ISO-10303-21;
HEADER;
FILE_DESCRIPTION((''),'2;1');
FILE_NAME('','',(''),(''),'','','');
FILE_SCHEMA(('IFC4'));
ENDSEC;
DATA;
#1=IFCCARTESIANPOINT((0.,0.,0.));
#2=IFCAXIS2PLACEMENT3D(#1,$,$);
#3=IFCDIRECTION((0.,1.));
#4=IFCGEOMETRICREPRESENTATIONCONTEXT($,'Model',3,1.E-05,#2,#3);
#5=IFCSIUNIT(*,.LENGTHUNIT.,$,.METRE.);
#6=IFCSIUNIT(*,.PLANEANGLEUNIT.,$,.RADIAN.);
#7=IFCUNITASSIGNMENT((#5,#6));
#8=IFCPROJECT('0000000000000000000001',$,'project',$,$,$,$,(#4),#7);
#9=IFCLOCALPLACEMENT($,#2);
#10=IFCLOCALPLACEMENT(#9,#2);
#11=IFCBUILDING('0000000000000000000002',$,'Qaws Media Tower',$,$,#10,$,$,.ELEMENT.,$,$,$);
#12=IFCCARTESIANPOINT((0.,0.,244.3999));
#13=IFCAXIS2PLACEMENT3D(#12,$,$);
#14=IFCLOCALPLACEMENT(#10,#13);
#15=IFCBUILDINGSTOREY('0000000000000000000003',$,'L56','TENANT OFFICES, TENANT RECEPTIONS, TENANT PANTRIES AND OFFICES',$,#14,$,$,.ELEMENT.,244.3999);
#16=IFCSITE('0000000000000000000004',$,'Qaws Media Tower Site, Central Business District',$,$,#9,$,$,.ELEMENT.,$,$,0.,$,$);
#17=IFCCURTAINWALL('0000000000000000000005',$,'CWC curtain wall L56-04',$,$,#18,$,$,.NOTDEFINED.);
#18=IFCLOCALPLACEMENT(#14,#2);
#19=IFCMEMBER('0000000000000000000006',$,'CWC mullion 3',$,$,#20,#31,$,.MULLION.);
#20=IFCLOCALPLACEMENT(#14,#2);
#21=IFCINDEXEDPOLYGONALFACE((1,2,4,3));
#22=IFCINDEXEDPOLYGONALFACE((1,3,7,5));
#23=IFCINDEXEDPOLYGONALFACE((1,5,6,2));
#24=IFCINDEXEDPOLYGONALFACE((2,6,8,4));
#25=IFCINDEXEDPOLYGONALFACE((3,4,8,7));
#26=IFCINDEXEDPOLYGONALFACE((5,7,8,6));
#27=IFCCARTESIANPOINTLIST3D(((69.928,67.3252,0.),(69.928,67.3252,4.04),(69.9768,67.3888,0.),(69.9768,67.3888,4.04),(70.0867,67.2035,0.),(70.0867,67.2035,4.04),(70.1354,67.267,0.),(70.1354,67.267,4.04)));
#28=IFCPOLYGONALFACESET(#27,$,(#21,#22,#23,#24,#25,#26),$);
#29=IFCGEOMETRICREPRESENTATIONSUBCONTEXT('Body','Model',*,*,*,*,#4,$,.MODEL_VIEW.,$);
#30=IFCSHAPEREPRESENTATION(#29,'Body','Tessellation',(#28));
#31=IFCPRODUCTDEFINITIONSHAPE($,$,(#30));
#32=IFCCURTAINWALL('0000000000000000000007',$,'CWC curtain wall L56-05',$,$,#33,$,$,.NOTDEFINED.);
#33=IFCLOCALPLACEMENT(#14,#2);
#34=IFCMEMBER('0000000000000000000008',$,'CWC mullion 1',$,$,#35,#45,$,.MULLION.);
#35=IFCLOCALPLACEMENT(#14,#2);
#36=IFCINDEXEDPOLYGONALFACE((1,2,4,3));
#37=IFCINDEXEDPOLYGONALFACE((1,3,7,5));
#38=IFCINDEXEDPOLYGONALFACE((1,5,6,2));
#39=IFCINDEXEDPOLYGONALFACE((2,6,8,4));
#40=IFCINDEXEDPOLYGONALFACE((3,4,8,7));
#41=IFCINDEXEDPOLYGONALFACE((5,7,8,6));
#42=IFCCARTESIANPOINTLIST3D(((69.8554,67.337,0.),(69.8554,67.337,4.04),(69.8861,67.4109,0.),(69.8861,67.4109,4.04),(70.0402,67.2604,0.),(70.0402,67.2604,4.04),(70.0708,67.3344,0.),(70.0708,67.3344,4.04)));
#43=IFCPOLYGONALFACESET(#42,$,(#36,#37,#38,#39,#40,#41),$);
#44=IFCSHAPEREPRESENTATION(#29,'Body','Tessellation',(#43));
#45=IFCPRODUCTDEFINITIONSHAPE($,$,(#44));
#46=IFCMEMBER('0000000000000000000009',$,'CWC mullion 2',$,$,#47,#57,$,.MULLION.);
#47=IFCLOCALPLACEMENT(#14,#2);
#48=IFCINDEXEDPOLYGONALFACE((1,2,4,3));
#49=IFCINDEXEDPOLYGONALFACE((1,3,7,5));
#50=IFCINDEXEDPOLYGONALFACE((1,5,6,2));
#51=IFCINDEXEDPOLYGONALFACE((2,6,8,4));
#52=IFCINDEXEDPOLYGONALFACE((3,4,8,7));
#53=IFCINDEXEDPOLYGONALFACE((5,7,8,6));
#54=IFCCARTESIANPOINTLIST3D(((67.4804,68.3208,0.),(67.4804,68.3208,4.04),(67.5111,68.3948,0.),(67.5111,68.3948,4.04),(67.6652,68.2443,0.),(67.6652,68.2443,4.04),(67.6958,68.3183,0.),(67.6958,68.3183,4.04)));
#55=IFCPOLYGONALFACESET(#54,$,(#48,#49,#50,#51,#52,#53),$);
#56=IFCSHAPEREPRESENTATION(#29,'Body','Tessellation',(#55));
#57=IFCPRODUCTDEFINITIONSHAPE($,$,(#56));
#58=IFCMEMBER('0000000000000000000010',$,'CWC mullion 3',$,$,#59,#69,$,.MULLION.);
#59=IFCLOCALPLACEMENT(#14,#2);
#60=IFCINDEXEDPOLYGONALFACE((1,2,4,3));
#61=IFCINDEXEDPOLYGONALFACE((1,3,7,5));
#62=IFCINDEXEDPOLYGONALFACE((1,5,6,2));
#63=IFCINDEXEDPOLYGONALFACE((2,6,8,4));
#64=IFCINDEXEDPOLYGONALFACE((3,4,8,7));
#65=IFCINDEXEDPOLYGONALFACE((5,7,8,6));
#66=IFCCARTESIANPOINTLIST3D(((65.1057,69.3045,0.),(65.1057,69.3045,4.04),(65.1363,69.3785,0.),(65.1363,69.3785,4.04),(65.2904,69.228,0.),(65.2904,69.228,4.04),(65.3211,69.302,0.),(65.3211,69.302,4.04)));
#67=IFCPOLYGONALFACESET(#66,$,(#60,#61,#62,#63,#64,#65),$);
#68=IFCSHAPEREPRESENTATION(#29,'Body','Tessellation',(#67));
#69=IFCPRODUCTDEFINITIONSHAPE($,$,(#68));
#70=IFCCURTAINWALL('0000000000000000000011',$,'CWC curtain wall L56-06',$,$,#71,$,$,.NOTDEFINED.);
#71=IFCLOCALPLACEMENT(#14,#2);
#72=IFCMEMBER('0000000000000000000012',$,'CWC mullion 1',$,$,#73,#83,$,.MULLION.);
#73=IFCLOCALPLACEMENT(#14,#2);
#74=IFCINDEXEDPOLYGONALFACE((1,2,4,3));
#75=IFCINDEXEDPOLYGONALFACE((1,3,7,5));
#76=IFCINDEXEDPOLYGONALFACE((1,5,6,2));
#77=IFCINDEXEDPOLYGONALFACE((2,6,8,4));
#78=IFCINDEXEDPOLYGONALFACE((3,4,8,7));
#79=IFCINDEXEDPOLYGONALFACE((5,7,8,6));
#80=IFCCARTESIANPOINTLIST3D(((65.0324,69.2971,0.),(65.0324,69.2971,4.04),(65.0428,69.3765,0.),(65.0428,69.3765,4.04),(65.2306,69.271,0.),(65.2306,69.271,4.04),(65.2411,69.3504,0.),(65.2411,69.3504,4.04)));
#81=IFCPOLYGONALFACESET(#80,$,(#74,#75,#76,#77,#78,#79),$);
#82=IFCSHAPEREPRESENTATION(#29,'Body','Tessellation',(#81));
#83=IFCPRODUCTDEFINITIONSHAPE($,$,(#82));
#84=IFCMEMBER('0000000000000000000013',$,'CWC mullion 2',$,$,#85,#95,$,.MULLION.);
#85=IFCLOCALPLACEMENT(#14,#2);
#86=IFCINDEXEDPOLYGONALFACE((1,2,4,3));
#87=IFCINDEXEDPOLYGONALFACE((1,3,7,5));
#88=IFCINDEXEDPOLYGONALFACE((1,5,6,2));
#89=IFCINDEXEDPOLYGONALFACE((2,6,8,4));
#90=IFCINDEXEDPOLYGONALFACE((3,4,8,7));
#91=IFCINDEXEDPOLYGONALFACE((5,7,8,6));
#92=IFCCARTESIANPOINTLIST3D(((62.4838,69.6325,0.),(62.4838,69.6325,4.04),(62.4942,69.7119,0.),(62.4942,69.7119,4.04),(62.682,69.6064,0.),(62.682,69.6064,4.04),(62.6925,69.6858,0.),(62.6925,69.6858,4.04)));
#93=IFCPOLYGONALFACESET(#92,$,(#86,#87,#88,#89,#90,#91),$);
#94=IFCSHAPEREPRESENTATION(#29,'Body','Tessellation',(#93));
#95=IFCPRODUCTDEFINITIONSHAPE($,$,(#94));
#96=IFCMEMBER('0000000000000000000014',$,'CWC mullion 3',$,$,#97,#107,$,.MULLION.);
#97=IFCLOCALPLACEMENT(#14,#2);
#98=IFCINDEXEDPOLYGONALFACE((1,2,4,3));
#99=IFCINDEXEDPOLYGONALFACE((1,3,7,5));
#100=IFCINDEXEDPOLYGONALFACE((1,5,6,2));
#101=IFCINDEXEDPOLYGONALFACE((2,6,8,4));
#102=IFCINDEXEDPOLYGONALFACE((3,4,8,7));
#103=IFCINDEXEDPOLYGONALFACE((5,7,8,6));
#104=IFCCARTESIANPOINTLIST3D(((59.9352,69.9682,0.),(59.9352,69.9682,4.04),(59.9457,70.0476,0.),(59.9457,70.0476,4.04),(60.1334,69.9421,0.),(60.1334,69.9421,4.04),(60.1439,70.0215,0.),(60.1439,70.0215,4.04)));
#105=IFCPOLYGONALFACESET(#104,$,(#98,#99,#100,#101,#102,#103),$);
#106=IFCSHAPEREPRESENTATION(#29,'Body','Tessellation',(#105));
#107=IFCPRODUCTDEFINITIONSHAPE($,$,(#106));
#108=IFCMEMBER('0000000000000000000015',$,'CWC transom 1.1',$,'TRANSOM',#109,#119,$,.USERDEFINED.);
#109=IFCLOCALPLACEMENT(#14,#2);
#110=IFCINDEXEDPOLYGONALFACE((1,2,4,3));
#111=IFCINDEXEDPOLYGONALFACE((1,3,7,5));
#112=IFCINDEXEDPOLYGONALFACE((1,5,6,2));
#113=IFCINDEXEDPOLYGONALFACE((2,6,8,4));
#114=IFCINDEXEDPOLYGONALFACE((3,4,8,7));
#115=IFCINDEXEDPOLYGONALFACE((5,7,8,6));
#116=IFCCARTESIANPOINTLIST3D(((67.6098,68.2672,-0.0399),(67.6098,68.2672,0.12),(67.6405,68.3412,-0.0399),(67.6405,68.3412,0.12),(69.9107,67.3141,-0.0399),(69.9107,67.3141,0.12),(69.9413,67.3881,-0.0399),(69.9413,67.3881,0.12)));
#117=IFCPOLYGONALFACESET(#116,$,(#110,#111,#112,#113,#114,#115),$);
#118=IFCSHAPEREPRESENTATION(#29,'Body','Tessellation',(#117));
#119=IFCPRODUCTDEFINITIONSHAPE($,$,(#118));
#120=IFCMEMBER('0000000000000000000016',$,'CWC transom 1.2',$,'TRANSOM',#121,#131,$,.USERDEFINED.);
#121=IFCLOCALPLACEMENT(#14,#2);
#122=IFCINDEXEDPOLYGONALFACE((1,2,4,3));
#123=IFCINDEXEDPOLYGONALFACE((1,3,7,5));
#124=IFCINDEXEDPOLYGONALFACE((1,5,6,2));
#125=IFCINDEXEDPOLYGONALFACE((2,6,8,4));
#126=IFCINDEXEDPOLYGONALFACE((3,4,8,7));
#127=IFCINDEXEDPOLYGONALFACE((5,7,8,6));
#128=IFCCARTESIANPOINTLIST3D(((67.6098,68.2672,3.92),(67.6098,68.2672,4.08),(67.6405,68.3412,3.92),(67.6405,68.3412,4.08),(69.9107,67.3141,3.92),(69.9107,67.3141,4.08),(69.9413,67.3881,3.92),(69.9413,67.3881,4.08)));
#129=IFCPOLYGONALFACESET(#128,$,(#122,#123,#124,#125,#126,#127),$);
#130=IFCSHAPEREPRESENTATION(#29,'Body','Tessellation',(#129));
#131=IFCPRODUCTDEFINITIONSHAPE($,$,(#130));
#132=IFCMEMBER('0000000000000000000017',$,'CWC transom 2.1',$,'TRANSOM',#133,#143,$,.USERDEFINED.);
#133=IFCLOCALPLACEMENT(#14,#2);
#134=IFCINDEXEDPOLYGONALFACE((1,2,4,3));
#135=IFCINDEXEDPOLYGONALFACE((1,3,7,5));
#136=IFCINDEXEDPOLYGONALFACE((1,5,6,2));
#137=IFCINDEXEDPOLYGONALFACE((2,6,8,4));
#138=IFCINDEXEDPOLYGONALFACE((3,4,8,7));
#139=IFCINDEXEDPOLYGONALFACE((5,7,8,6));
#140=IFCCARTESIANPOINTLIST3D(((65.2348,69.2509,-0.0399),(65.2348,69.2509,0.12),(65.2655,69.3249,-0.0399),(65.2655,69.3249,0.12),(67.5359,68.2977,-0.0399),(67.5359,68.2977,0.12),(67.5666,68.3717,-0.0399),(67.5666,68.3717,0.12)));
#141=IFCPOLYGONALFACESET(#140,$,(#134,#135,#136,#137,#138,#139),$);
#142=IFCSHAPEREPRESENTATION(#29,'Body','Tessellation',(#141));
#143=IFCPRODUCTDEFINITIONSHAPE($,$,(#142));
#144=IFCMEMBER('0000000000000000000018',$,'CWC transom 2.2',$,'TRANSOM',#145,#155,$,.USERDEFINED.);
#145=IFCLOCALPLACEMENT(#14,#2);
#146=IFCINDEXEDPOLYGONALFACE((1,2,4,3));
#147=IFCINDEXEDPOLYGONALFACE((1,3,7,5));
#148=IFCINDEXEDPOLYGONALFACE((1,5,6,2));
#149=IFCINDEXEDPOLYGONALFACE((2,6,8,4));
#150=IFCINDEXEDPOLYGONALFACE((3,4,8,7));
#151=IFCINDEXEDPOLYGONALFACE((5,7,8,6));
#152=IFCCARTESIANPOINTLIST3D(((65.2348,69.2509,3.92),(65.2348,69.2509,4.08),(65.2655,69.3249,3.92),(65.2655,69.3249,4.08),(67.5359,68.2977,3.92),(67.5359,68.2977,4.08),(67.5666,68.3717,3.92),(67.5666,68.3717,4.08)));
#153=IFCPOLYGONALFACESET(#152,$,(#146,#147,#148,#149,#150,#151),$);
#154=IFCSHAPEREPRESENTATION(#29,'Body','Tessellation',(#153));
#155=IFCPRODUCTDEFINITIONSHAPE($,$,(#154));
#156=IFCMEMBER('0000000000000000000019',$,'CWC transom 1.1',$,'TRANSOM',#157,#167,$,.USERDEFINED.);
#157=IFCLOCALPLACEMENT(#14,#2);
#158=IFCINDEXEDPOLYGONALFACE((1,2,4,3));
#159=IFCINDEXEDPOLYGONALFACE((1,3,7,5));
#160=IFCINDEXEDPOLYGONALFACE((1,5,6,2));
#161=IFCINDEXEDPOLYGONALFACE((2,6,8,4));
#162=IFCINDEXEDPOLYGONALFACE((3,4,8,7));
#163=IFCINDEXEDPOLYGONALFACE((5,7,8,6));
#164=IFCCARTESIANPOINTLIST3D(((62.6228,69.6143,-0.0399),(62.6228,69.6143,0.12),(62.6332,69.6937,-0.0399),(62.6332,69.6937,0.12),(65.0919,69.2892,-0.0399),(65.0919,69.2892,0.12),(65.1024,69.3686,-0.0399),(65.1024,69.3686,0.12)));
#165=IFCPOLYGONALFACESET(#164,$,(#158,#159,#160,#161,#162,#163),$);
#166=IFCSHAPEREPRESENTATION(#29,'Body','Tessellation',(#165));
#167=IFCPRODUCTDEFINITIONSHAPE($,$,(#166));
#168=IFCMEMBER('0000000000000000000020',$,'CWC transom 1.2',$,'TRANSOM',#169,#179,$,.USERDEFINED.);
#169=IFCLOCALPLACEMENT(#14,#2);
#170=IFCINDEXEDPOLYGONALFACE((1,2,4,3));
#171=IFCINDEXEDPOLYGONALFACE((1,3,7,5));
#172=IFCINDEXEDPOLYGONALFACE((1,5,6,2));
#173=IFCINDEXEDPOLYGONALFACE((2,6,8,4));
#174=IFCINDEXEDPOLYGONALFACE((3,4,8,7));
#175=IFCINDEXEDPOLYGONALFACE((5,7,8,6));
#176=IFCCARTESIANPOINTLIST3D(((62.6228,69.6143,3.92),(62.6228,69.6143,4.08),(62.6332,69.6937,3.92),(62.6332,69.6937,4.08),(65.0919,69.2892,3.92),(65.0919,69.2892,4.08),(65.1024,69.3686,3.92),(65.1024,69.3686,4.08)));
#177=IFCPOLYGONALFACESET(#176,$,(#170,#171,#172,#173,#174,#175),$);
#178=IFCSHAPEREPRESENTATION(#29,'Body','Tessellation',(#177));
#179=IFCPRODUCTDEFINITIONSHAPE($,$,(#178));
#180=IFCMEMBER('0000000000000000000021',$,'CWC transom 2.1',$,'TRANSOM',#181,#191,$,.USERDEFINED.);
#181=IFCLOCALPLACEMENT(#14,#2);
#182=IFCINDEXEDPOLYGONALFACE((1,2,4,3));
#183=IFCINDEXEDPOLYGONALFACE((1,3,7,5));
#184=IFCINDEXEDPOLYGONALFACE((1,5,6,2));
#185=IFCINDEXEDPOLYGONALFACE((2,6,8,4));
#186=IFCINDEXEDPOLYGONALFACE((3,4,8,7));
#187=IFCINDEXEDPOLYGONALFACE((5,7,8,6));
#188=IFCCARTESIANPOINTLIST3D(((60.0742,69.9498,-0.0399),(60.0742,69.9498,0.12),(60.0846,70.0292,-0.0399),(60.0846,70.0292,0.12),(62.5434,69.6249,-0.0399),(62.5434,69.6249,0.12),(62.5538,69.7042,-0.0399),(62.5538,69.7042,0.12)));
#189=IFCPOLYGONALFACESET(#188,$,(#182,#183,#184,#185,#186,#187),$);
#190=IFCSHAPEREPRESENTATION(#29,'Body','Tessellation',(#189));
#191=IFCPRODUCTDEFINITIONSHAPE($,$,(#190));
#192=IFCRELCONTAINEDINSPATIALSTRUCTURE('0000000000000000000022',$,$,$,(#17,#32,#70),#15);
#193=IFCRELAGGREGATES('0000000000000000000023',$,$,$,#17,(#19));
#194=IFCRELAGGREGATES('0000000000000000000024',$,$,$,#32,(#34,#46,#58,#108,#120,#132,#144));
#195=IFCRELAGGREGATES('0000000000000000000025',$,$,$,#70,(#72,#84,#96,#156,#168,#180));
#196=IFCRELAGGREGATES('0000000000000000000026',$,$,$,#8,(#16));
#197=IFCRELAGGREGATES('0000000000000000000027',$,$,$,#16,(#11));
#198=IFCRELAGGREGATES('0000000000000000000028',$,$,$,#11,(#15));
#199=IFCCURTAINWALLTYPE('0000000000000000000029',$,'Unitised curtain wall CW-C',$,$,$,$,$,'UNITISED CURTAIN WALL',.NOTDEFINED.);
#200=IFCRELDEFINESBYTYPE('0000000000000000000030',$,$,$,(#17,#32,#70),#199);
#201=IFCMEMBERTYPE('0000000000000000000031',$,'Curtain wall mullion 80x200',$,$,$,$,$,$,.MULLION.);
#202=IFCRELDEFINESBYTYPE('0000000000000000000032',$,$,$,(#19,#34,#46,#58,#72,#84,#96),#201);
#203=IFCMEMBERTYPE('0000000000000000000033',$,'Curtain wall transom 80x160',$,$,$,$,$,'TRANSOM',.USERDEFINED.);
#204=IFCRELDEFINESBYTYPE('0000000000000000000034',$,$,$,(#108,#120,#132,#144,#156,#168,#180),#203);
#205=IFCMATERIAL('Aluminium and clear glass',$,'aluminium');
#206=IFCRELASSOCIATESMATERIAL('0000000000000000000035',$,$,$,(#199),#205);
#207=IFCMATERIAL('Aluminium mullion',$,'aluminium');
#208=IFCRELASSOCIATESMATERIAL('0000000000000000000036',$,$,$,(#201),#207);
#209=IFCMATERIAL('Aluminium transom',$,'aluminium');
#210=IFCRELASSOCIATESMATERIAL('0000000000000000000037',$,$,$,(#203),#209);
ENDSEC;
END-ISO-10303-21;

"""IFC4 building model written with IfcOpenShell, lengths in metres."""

from ifc_helpers import new_model, si_unit, direction, frame, origin, origin_2d, place, context, subcontext, project, spatial, rectangle, extrude, material, material_profile, profile_set, type_object, element, aggregate, save


model = new_model("IFC4")

# Units and contexts
model_context = context("Model", 3, precision=1e-05, world=origin(), true_north=direction((0.0, 1.0)))
body_context = subcontext(model_context, "Body", "Model", "MODEL_VIEW")
ifc_project = project(units=[si_unit("LENGTHUNIT", "METRE"), si_unit("PLANEANGLEUNIT", "RADIAN")], contexts=[model_context])

# Site, building, storey
site_placement = place(None, origin())
site = spatial("IfcSite", under=ifc_project, at=site_placement, Name="Qaws Media Tower Site, Central Business District", CompositionType="ELEMENT", RefElevation=0.0)
building_placement = place(site_placement, origin())
building = spatial("IfcBuilding", under=site, at=building_placement, Name="Qaws Media Tower", CompositionType="ELEMENT")
storey_placement = place(building_placement, frame((0.0, 0.0, 244.3999)))
storey = spatial("IfcBuildingStorey", under=building, at=storey_placement, Name="L56", Description="TENANT OFFICES, TENANT RECEPTIONS, TENANT PANTRIES AND OFFICES", CompositionType="ELEMENT", Elevation=244.3999)

# Curtain wall, member
ifc_material_1 = material(Name="Aluminium and clear glass", Category="aluminium")
curtain_wall_type = type_object("IfcCurtainWallType", Name="Unitised curtain wall CW-C", ElementType="UNITISED CURTAIN WALL", PredefinedType="NOTDEFINED", material=ifc_material_1)
curtain_wall_1_placement = place(storey_placement, origin())
curtain_wall_1 = element("IfcCurtainWall", 1, at=curtain_wall_1_placement, inside=storey, type_object=curtain_wall_type, Name="CWC curtain wall L56-04", PredefinedType="NOTDEFINED")
ifc_material_2 = material(Name="Aluminium mullion", Category="aluminium")
ifc_material_profile_1 = material_profile(ifc_material_2, rectangle(XDim=0.0801, YDim=0.2, at=origin_2d()), Name="80x200")
ifc_profile_set_1 = profile_set([ifc_material_profile_1], Name="Aluminium mullion")
member_type_1 = type_object("IfcMemberType", Name="Curtain wall mullion 80x200", PredefinedType="MULLION", material=ifc_profile_set_1)
member_1_placement = place(storey_placement, frame((70.0317, 67.2961, 0.0), z_axis=(0.0, 0.0, 1.0), x_axis=(-0.608761, -0.793353, 0.0)))
member_1 = element("IfcMember", 2, at=member_1_placement, type_object=member_type_1, Name="CWC mullion 3", PredefinedType="MULLION", context=body_context, shape_type="SweptSolid", body=[
    extrude(rectangle(XDim=0.0801, YDim=0.2, at=origin_2d()), origin(), (0.0, 0.0, 1.0), 4.04),
])
aggregate(curtain_wall_1, [member_1])

# Curtain walls, members
curtain_wall_2_placement = place(storey_placement, origin())
curtain_wall_2 = element("IfcCurtainWall", 3, at=curtain_wall_2_placement, inside=storey, type_object=curtain_wall_type, Name="CWC curtain wall L56-05", PredefinedType="NOTDEFINED")
member_2_placement = place(storey_placement, frame((69.9631, 67.3357, 0.0), z_axis=(0.0, 0.0, 1.0), x_axis=(-0.382684, -0.923879, 0.0)))
member_2 = element("IfcMember", 4, at=member_2_placement, type_object=member_type_1, Name="CWC mullion 1", PredefinedType="MULLION", context=body_context, shape_type="SweptSolid", body=[
    extrude(rectangle(XDim=0.0801, YDim=0.2, at=origin_2d()), origin(), (0.0, 0.0, 1.0), 4.04),
])
member_3_placement = place(storey_placement, frame((67.5881, 68.3196, 0.0), z_axis=(0.0, 0.0, 1.0), x_axis=(-0.382684, -0.923879, 0.0)))
member_3 = element("IfcMember", 5, at=member_3_placement, type_object=member_type_1, Name="CWC mullion 2", PredefinedType="MULLION", context=body_context, shape_type="SweptSolid", body=[
    extrude(rectangle(XDim=0.0801, YDim=0.2, at=origin_2d()), origin(), (0.0, 0.0, 1.0), 4.04),
])
member_4_placement = place(storey_placement, frame((65.2134, 69.3032, 0.0), z_axis=(0.0, 0.0, 1.0), x_axis=(-0.382684, -0.923879, 0.0)))
member_4 = element("IfcMember", 6, at=member_4_placement, type_object=member_type_1, Name="CWC mullion 3", PredefinedType="MULLION", context=body_context, shape_type="SweptSolid", body=[
    extrude(rectangle(XDim=0.0801, YDim=0.2, at=origin_2d()), origin(), (0.0, 0.0, 1.0), 4.04),
])
curtain_wall_3_placement = place(storey_placement, origin())
curtain_wall_3 = element("IfcCurtainWall", 7, at=curtain_wall_3_placement, inside=storey, type_object=curtain_wall_type, Name="CWC curtain wall L56-06", PredefinedType="NOTDEFINED")
member_5_placement = place(storey_placement, frame((65.1367, 69.3237, 0.0), z_axis=(0.0, 0.0, 1.0), x_axis=(-0.130526, -0.991445, 0.0)))
member_5 = element("IfcMember", 8, at=member_5_placement, type_object=member_type_1, Name="CWC mullion 1", PredefinedType="MULLION", context=body_context, shape_type="SweptSolid", body=[
    extrude(rectangle(XDim=0.0801, YDim=0.2, at=origin_2d()), origin(), (0.0, 0.0, 1.0), 4.04),
])
member_6_placement = place(storey_placement, frame((62.5881, 69.6592, 0.0), z_axis=(0.0, 0.0, 1.0), x_axis=(-0.130526, -0.991445, 0.0)))
member_6 = element("IfcMember", 9, at=member_6_placement, type_object=member_type_1, Name="CWC mullion 2", PredefinedType="MULLION", context=body_context, shape_type="SweptSolid", body=[
    extrude(rectangle(XDim=0.0801, YDim=0.2, at=origin_2d()), origin(), (0.0, 0.0, 1.0), 4.04),
])
member_7_placement = place(storey_placement, frame((60.0396, 69.9949, 0.0), z_axis=(0.0, 0.0, 1.0), x_axis=(-0.130526, -0.991445, 0.0)))
member_7 = element("IfcMember", 10, at=member_7_placement, type_object=member_type_1, Name="CWC mullion 3", PredefinedType="MULLION", context=body_context, shape_type="SweptSolid", body=[
    extrude(rectangle(XDim=0.0801, YDim=0.2, at=origin_2d()), origin(), (0.0, 0.0, 1.0), 4.04),
])

# Members
ifc_material_3 = material(Name="Aluminium transom", Category="aluminium")
ifc_material_profile_2 = material_profile(ifc_material_3, rectangle(XDim=0.0801, YDim=0.1599, at=origin_2d()), Name="80x160")
ifc_profile_set_2 = profile_set([ifc_material_profile_2], Name="Aluminium transom")
member_type_2 = type_object("IfcMemberType", Name="Curtain wall transom 80x160", ElementType="TRANSOM", PredefinedType="USERDEFINED", material=ifc_profile_set_2)
member_8_placement = place(storey_placement, frame((69.926, 67.3511, 0.04), z_axis=(-0.923864, 0.382721, 0.0), x_axis=(-0.382721, -0.923864, 0.0)))
member_8 = element("IfcMember", 11, at=member_8_placement, type_object=member_type_2, Name="CWC transom 1.1", ObjectType="TRANSOM", PredefinedType="USERDEFINED", context=body_context, shape_type="SweptSolid", body=[
    extrude(rectangle(XDim=0.0801, YDim=0.1599, at=origin_2d()), origin(), (0.0, 0.0, 1.0), 2.4905),
])
member_9_placement = place(storey_placement, frame((69.926, 67.3511, 4.0), z_axis=(-0.923864, 0.382721, 0.0), x_axis=(-0.382721, -0.923864, 0.0)))
member_9 = element("IfcMember", 12, at=member_9_placement, type_object=member_type_2, Name="CWC transom 1.2", ObjectType="TRANSOM", PredefinedType="USERDEFINED", context=body_context, shape_type="SweptSolid", body=[
    extrude(rectangle(XDim=0.0801, YDim=0.1599, at=origin_2d()), origin(), (0.0, 0.0, 1.0), 2.4905),
])
member_10_placement = place(storey_placement, frame((67.5513, 68.3347, 0.04), z_axis=(-0.923878, 0.382687, 0.0), x_axis=(-0.382687, -0.923878, 0.0)))
member_10 = element("IfcMember", 13, at=member_10_placement, type_object=member_type_2, Name="CWC transom 2.1", ObjectType="TRANSOM", PredefinedType="USERDEFINED", context=body_context, shape_type="SweptSolid", body=[
    extrude(rectangle(XDim=0.0801, YDim=0.1599, at=origin_2d()), origin(), (0.0, 0.0, 1.0), 2.4907),
])
member_11_placement = place(storey_placement, frame((67.5513, 68.3347, 4.0), z_axis=(-0.923878, 0.382687, 0.0), x_axis=(-0.382687, -0.923878, 0.0)))
member_11 = element("IfcMember", 14, at=member_11_placement, type_object=member_type_2, Name="CWC transom 2.2", ObjectType="TRANSOM", PredefinedType="USERDEFINED", context=body_context, shape_type="SweptSolid", body=[
    extrude(rectangle(XDim=0.0801, YDim=0.1599, at=origin_2d()), origin(), (0.0, 0.0, 1.0), 2.4907),
])
member_12_placement = place(storey_placement, frame((65.0972, 69.3289, 0.04), z_axis=(-0.991439, 0.130571, 0.0), x_axis=(-0.130571, -0.991439, 0.0)))
member_12 = element("IfcMember", 15, at=member_12_placement, type_object=member_type_2, Name="CWC transom 1.1", ObjectType="TRANSOM", PredefinedType="USERDEFINED", context=body_context, shape_type="SweptSolid", body=[
    extrude(rectangle(XDim=0.0801, YDim=0.1599, at=origin_2d()), origin(), (0.0, 0.0, 1.0), 2.4905),
])
member_13_placement = place(storey_placement, frame((65.0972, 69.3289, 4.0), z_axis=(-0.991439, 0.130571, 0.0), x_axis=(-0.130571, -0.991439, 0.0)))
member_13 = element("IfcMember", 16, at=member_13_placement, type_object=member_type_2, Name="CWC transom 1.2", ObjectType="TRANSOM", PredefinedType="USERDEFINED", context=body_context, shape_type="SweptSolid", body=[
    extrude(rectangle(XDim=0.0801, YDim=0.1599, at=origin_2d()), origin(), (0.0, 0.0, 1.0), 2.4905),
])
member_14_placement = place(storey_placement, frame((62.5486, 69.6646, 0.04), z_axis=(-0.991452, 0.130475, 0.0), x_axis=(-0.130475, -0.991452, 0.0)))
member_14 = element("IfcMember", 17, at=member_14_placement, type_object=member_type_2, Name="CWC transom 2.1", ObjectType="TRANSOM", PredefinedType="USERDEFINED", context=body_context, shape_type="SweptSolid", body=[
    extrude(rectangle(XDim=0.0801, YDim=0.1599, at=origin_2d()), origin(), (0.0, 0.0, 1.0), 2.4905),
])

aggregate(curtain_wall_2, [member_2, member_3, member_4, member_8, member_9, member_10, member_11])
aggregate(curtain_wall_3, [member_5, member_6, member_7, member_12, member_13, member_14])

save(model, "model.ifc")
